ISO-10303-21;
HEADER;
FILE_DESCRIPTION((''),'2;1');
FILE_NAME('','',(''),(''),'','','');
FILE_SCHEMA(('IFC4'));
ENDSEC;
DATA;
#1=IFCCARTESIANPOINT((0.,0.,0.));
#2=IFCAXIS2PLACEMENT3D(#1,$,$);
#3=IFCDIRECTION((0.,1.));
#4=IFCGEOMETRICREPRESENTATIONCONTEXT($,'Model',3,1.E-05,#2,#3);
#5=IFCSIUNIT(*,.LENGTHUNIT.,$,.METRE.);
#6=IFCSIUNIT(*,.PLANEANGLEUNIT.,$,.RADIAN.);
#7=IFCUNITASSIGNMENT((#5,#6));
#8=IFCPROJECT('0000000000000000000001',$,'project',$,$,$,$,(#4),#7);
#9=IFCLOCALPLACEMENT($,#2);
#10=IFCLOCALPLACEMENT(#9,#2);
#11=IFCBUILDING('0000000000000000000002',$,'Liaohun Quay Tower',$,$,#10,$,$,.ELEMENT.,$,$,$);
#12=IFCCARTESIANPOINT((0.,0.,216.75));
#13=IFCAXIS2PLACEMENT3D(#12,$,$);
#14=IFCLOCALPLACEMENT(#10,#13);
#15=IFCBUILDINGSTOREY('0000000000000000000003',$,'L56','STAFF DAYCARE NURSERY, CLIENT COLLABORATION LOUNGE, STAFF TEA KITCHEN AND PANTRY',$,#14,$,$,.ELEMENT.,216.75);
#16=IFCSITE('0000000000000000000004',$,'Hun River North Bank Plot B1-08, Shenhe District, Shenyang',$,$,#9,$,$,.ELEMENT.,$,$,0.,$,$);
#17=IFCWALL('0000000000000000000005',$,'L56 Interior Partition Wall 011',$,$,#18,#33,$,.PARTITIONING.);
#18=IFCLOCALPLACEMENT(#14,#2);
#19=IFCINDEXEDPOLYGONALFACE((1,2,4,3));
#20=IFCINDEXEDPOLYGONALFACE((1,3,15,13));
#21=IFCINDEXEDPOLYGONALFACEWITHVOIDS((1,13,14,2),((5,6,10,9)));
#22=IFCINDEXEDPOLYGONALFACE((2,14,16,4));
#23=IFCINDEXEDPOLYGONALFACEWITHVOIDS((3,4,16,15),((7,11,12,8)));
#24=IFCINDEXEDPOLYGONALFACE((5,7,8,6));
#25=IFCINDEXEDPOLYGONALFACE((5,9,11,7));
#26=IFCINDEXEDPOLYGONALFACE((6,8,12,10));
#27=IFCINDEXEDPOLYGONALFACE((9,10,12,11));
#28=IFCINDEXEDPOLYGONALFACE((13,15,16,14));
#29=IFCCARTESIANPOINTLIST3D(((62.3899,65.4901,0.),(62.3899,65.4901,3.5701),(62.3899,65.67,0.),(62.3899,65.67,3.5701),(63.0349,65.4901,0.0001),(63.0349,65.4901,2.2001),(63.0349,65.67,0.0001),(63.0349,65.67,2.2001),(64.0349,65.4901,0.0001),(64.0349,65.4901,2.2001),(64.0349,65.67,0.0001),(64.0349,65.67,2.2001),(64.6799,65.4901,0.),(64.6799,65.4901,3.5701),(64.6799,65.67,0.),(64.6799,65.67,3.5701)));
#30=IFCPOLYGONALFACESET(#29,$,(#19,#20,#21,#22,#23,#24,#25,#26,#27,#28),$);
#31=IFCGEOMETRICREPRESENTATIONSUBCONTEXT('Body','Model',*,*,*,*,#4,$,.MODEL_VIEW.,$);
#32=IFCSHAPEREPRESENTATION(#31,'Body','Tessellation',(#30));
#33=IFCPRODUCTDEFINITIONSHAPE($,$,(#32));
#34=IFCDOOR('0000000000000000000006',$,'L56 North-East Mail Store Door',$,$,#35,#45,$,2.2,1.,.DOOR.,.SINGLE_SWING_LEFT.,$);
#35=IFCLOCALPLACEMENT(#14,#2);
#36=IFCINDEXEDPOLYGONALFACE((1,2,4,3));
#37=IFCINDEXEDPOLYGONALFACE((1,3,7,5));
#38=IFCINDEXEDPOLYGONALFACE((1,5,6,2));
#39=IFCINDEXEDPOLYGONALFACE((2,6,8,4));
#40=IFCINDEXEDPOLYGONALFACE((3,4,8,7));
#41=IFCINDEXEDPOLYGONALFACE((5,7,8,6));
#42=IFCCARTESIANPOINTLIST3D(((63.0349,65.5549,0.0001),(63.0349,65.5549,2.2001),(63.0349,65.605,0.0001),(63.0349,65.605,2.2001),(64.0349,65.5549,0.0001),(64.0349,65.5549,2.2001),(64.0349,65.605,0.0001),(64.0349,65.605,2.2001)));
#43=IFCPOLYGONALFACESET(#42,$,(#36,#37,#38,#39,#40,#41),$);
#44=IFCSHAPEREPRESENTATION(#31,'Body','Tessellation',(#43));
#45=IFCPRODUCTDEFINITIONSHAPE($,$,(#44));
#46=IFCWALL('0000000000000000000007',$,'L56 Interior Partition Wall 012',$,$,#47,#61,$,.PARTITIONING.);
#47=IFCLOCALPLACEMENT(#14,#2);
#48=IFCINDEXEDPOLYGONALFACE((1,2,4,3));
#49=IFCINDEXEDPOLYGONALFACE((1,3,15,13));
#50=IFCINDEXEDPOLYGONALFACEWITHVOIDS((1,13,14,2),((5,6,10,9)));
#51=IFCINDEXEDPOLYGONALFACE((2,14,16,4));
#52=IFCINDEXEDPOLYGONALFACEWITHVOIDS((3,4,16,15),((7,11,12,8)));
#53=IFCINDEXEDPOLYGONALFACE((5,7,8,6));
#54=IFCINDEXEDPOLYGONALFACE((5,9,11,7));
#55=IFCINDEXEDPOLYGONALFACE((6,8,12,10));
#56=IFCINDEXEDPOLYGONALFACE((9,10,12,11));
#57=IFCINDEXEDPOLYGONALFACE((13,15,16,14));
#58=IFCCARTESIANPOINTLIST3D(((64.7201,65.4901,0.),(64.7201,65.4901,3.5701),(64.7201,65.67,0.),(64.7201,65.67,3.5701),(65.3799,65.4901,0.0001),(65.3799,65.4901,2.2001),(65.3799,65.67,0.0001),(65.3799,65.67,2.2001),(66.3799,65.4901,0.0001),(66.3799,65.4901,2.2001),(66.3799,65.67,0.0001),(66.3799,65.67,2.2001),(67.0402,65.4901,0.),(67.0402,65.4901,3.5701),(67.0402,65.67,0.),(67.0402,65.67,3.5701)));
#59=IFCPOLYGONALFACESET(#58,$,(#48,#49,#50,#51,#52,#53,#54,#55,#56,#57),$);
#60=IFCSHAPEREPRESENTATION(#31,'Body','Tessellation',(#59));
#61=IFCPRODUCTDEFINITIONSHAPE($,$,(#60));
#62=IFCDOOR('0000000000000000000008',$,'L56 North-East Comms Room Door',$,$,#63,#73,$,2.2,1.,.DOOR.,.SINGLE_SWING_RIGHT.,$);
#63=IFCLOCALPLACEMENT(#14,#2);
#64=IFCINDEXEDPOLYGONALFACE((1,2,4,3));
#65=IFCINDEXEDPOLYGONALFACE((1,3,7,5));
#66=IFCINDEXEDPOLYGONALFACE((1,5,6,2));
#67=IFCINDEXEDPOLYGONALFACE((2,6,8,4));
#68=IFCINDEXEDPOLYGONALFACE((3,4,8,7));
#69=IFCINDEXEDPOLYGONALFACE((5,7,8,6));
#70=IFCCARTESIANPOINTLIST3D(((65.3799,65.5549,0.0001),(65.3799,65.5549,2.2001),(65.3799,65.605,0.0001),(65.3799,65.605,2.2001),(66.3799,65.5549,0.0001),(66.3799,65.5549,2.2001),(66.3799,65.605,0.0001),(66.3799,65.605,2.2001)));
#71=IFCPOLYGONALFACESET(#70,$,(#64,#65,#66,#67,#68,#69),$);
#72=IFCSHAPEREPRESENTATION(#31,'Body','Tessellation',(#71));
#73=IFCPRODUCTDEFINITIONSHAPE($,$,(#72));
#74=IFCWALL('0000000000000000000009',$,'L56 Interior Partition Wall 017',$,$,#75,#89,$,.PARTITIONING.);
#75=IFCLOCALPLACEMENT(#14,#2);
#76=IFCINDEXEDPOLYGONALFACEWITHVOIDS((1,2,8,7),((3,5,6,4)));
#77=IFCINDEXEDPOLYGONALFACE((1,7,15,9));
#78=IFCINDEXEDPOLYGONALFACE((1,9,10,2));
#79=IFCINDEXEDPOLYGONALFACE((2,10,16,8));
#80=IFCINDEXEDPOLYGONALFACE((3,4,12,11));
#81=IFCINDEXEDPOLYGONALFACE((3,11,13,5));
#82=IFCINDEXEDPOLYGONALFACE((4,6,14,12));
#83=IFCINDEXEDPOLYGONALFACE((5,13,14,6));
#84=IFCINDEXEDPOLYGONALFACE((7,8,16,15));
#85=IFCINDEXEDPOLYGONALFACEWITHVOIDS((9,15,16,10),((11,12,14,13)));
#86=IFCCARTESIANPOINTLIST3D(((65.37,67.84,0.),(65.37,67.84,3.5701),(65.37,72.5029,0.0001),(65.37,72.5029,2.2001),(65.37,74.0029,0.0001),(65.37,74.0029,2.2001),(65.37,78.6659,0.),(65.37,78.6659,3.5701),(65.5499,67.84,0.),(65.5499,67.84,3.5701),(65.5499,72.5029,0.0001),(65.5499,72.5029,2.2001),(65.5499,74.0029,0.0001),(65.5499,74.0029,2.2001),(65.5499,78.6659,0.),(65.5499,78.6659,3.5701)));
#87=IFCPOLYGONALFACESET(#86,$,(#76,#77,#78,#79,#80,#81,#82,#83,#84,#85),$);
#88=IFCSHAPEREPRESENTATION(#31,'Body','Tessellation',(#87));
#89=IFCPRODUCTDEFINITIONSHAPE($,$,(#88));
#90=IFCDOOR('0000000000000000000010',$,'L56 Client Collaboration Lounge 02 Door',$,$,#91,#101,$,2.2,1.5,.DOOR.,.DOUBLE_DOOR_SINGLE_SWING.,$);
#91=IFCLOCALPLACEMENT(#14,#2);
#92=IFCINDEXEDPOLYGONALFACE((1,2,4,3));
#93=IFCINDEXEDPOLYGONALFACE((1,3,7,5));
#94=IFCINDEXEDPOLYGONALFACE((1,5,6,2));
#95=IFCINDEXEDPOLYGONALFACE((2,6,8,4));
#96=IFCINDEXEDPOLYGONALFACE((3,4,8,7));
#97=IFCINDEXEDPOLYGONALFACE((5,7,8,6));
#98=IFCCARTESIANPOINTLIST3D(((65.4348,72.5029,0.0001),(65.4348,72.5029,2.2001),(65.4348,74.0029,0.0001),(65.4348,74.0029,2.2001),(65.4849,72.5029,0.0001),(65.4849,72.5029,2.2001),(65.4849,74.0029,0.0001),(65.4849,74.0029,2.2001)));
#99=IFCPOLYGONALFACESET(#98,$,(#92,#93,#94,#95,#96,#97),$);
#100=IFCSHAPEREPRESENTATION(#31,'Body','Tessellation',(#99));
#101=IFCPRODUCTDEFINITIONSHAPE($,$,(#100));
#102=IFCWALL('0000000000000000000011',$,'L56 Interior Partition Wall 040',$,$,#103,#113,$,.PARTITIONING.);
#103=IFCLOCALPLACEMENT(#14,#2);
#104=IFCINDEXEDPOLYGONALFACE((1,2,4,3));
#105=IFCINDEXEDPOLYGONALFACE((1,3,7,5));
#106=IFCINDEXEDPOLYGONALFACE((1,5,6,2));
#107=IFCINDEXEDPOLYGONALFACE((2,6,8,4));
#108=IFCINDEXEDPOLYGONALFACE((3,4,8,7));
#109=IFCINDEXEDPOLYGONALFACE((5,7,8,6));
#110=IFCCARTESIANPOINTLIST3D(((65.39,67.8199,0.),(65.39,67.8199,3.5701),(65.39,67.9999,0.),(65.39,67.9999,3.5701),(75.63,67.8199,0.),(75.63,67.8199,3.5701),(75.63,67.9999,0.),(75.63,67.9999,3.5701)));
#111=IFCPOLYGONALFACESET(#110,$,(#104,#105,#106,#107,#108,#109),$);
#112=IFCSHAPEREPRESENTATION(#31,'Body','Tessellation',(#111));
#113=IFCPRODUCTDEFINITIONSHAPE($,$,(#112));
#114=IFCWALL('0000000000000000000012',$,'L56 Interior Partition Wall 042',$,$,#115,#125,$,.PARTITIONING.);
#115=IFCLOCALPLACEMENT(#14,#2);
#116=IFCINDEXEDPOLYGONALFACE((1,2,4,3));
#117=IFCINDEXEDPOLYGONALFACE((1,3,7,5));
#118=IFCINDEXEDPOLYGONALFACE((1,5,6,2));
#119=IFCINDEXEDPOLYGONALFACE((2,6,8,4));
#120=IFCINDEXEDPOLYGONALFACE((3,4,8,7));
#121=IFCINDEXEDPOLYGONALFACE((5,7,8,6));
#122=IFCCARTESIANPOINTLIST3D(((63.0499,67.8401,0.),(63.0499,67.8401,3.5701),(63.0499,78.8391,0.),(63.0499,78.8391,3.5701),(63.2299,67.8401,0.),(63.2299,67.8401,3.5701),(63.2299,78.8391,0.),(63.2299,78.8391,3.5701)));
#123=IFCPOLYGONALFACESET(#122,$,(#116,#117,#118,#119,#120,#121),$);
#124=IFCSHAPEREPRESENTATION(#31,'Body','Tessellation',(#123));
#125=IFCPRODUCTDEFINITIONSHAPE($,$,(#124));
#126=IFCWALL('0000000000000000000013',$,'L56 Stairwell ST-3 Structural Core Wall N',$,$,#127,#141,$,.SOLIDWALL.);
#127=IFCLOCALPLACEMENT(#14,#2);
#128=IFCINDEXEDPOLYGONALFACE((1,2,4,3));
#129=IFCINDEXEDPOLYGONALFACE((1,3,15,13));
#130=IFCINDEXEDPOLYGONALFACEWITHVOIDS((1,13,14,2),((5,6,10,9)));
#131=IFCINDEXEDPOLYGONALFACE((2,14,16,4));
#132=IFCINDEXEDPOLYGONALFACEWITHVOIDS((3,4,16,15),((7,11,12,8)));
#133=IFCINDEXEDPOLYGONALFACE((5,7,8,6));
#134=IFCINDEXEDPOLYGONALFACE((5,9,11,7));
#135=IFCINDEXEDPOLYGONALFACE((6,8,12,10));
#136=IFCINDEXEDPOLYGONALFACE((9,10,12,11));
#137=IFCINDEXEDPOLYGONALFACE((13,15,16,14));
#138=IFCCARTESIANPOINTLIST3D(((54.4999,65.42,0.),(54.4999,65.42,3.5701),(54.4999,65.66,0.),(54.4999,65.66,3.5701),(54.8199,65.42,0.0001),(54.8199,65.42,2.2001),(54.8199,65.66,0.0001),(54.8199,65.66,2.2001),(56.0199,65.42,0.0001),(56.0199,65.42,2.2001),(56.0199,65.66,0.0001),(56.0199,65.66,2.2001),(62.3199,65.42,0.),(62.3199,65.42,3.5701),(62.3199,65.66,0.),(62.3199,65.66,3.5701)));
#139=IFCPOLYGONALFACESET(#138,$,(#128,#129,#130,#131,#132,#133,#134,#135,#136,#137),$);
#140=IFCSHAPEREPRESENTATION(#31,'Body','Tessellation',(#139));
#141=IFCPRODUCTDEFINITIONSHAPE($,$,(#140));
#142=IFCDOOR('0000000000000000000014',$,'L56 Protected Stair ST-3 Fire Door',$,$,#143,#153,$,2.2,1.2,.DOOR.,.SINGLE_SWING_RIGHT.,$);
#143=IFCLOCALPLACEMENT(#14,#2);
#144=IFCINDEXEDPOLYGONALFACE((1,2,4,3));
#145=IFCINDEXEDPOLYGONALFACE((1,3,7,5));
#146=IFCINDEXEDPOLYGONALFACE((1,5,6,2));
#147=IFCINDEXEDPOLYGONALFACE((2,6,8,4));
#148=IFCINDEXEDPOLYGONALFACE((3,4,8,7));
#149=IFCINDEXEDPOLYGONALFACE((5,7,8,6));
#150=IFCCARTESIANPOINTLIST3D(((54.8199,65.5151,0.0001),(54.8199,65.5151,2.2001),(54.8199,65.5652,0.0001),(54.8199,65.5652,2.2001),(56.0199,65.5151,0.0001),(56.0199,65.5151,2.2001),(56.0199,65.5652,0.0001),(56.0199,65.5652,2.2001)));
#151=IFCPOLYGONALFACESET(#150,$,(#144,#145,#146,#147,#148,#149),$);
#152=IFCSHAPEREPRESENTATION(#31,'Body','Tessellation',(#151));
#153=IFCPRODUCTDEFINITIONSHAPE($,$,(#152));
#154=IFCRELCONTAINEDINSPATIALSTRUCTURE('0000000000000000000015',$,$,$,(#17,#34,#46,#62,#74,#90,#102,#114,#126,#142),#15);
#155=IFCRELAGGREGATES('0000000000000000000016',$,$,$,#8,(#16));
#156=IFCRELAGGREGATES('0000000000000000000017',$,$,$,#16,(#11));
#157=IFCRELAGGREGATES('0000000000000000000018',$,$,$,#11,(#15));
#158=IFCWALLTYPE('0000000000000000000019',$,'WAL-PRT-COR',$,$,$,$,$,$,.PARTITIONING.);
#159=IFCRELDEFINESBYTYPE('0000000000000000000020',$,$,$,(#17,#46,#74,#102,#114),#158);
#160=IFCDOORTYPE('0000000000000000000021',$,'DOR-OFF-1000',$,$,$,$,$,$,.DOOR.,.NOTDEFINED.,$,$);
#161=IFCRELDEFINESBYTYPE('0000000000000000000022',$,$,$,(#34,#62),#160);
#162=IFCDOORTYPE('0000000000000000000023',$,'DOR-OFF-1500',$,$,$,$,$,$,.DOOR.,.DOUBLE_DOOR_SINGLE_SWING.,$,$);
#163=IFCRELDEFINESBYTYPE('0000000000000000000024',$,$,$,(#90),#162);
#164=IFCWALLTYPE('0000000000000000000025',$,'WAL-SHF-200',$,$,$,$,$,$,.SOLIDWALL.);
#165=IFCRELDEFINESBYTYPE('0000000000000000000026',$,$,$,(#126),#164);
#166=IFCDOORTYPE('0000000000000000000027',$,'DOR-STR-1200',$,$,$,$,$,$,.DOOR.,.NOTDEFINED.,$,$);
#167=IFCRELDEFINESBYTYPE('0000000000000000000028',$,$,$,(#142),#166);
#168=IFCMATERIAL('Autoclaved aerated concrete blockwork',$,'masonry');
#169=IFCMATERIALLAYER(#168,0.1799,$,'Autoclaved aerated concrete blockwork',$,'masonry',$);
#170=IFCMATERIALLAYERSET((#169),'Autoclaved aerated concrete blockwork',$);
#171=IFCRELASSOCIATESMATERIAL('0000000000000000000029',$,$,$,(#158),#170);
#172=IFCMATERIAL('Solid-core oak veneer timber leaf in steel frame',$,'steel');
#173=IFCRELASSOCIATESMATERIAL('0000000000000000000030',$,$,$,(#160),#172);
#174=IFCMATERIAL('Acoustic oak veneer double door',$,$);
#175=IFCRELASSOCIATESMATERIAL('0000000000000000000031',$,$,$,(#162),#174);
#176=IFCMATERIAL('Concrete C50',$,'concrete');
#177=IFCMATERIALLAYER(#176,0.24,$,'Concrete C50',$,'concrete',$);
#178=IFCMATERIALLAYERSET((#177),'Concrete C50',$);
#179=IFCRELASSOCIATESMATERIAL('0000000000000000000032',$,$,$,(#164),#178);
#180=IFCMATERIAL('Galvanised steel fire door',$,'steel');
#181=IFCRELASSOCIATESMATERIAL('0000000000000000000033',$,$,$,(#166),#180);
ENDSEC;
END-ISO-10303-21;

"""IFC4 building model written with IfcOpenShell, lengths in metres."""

from ifc_helpers import new_model, si_unit, direction, frame, frame_2d, origin, place, context, subcontext, project, spatial, rectangle, extrude, source, transform, mapped, material, layer, layer_set, type_object, element, fill, save


model = new_model("IFC4")

# Units and contexts
model_context = context("Model", 3, precision=1e-05, world=origin(), true_north=direction((0.0, 1.0)))
body_context = subcontext(model_context, "Body", "Model", "MODEL_VIEW")
ifc_project = project(units=[si_unit("LENGTHUNIT", "METRE"), si_unit("PLANEANGLEUNIT", "RADIAN")], contexts=[model_context])

# Site, building, storey
site_placement = place(None, origin())
site = spatial("IfcSite", under=ifc_project, at=site_placement, Name="Hun River North Bank Plot B1-08, Shenhe District, Shenyang", CompositionType="ELEMENT", RefElevation=0.0)
building_placement = place(site_placement, origin())
building = spatial("IfcBuilding", under=site, at=building_placement, Name="Liaohun Quay Tower", CompositionType="ELEMENT")
storey_placement = place(building_placement, frame((0.0, 0.0, 216.75)))
storey = spatial("IfcBuildingStorey", under=building, at=storey_placement, Name="L56", Description="STAFF DAYCARE NURSERY, CLIENT COLLABORATION LOUNGE, STAFF TEA KITCHEN AND PANTRY", CompositionType="ELEMENT", Elevation=216.75)

# Walls, openings, doors
ifc_material_1 = material(Name="Autoclaved aerated concrete blockwork", Category="masonry")
ifc_layer_1 = layer(ifc_material_1, 0.1799, Name="Autoclaved aerated concrete blockwork", Category="masonry")
ifc_layer_set_1 = layer_set([ifc_layer_1], Name="Autoclaved aerated concrete blockwork")
wall_type_1 = type_object("IfcWallType", Name="WAL-PRT-COR", PredefinedType="PARTITIONING", material=ifc_layer_set_1)
wall_1_placement = place(storey_placement, frame((62.3899, 65.5801, 0.0), z_axis=(0.0, 0.0, 1.0), x_axis=(1.0, 0.0, 0.0)))
wall_1 = element("IfcWall", 1, at=wall_1_placement, inside=storey, type_object=wall_type_1, Name="L56 Interior Partition Wall 011", PredefinedType="PARTITIONING", context=body_context, shape_type="SweptSolid", body=[
    extrude(rectangle(XDim=2.29, YDim=0.1799, at=frame_2d((1.145, 0.0))), origin(), (0.0, 0.0, 1.0), 3.5701),
])
shared_shape_1 = source(origin(), body_context, "Body", "SweptSolid", [
    extrude(rectangle(XDim=1.0, YDim=2.2, at=frame_2d((0.5, 1.1001))), frame((0.0, 0.0999, 0.0), z_axis=(0.0, -1.0, 0.0), x_axis=(1.0, 0.0, 0.0)), (0.0, 0.0, 1.0), 0.2),
])
opening_1_placement = place(wall_1_placement, frame((0.645, 0.0, 0.0)))
opening_1 = element("IfcOpeningElement", 2, at=opening_1_placement, cuts=wall_1, PredefinedType="OPENING", context=body_context, shape_type="MappedRepresentation", body=[
    mapped(shared_shape_1, transform((0.0, 0.0, 0.0), x_axis=(1.0, 0.0, 0.0), y_axis=(0.0, 1.0, 0.0), z_axis=(0.0, 0.0, 1.0), scale=1.0)),
])
ifc_material_2 = material(Name="Solid-core oak veneer timber leaf in steel frame", Category="steel")
door_type_1 = type_object("IfcDoorType", Name="DOR-OFF-1000", OperationType="NOTDEFINED", PredefinedType="DOOR", material=ifc_material_2)
shared_shape_2 = source(origin(), body_context, "Body", "SweptSolid", [
    extrude(rectangle(XDim=1.0, YDim=2.2, at=frame_2d((0.5, 1.1001))), frame((0.0, 0.0249, 0.0), z_axis=(0.0, -1.0, 0.0), x_axis=(1.0, 0.0, 0.0)), (0.0, 0.0, 1.0), 0.05),
])
door_1_placement = place(opening_1_placement, origin())
door_1 = element("IfcDoor", 3, at=door_1_placement, inside=storey, type_object=door_type_1, Name="L56 North-East Mail Store Door", OperationType="SINGLE_SWING_LEFT", OverallHeight=2.2, OverallWidth=1.0, PredefinedType="DOOR", context=body_context, shape_type="MappedRepresentation", body=[
    mapped(shared_shape_2, transform((0.0, 0.0, 0.0), x_axis=(1.0, 0.0, 0.0), y_axis=(0.0, 1.0, 0.0), z_axis=(0.0, 0.0, 1.0), scale=1.0)),
])
fill(opening_1, door_1)
wall_2_placement = place(storey_placement, frame((64.72, 65.5801, 0.0), z_axis=(0.0, 0.0, 1.0), x_axis=(1.0, 0.0, 0.0)))
wall_2 = element("IfcWall", 4, at=wall_2_placement, inside=storey, type_object=wall_type_1, Name="L56 Interior Partition Wall 012", PredefinedType="PARTITIONING", context=body_context, shape_type="SweptSolid", body=[
    extrude(rectangle(XDim=2.3201, YDim=0.1799, at=frame_2d((1.1602, 0.0))), origin(), (0.0, 0.0, 1.0), 3.5701),
])
opening_2_placement = place(wall_2_placement, frame((0.6599, 0.0, 0.0)))
opening_2 = element("IfcOpeningElement", 5, at=opening_2_placement, cuts=wall_2, PredefinedType="OPENING", context=body_context, shape_type="MappedRepresentation", body=[
    mapped(shared_shape_1, transform((0.0, 0.0, 0.0), x_axis=(1.0, 0.0, 0.0), y_axis=(0.0, 1.0, 0.0), z_axis=(0.0, 0.0, 1.0), scale=1.0)),
])
door_2_placement = place(opening_2_placement, origin())
door_2 = element("IfcDoor", 6, at=door_2_placement, inside=storey, type_object=door_type_1, Name="L56 North-East Comms Room Door", OperationType="SINGLE_SWING_RIGHT", OverallHeight=2.2, OverallWidth=1.0, PredefinedType="DOOR", context=body_context, shape_type="MappedRepresentation", body=[
    mapped(shared_shape_2, transform((0.0, 0.0, 0.0), x_axis=(1.0, 0.0, 0.0), y_axis=(0.0, 1.0, 0.0), z_axis=(0.0, 0.0, 1.0), scale=1.0)),
])
fill(opening_2, door_2)
wall_3_placement = place(storey_placement, frame((65.46, 78.666, 0.0), z_axis=(0.0, 0.0, 1.0), x_axis=(0.0, -1.0, 0.0)))
wall_3 = element("IfcWall", 7, at=wall_3_placement, inside=storey, type_object=wall_type_1, Name="L56 Interior Partition Wall 017", PredefinedType="PARTITIONING", context=body_context, shape_type="SweptSolid", body=[
    extrude(rectangle(XDim=10.8259, YDim=0.1799, at=frame_2d((5.4131, 0.0))), origin(), (0.0, 0.0, 1.0), 3.5701),
])
shared_shape_3 = source(origin(), body_context, "Body", "SweptSolid", [
    extrude(rectangle(XDim=1.5, YDim=2.2, at=frame_2d((0.75, 1.1001))), frame((0.0, 0.0999, 0.0), z_axis=(0.0, -1.0, 0.0), x_axis=(1.0, 0.0, 0.0)), (0.0, 0.0, 1.0), 0.2),
])
opening_3_placement = place(wall_3_placement, frame((4.6631, 0.0, 0.0)))
opening_3 = element("IfcOpeningElement", 8, at=opening_3_placement, cuts=wall_3, PredefinedType="OPENING", context=body_context, shape_type="MappedRepresentation", body=[
    mapped(shared_shape_3, transform((0.0, 0.0, 0.0), x_axis=(1.0, 0.0, 0.0), y_axis=(0.0, 1.0, 0.0), z_axis=(0.0, 0.0, 1.0), scale=1.0)),
])
ifc_material_3 = material(Name="Acoustic oak veneer double door")
door_type_2 = type_object("IfcDoorType", Name="DOR-OFF-1500", OperationType="DOUBLE_DOOR_SINGLE_SWING", PredefinedType="DOOR", material=ifc_material_3)
shared_shape_4 = source(origin(), body_context, "Body", "SweptSolid", [
    extrude(rectangle(XDim=1.5, YDim=2.2, at=frame_2d((0.75, 1.1001))), frame((0.0, 0.0249, 0.0), z_axis=(0.0, -1.0, 0.0), x_axis=(1.0, 0.0, 0.0)), (0.0, 0.0, 1.0), 0.05),
])
door_3_placement = place(opening_3_placement, origin())
door_3 = element("IfcDoor", 9, at=door_3_placement, inside=storey, type_object=door_type_2, Name="L56 Client Collaboration Lounge 02 Door", OperationType="DOUBLE_DOOR_SINGLE_SWING", OverallHeight=2.2, OverallWidth=1.5, PredefinedType="DOOR", context=body_context, shape_type="MappedRepresentation", body=[
    mapped(shared_shape_4, transform((0.0, 0.0, 0.0), x_axis=(1.0, 0.0, 0.0), y_axis=(0.0, 1.0, 0.0), z_axis=(0.0, 0.0, 1.0), scale=1.0)),
])
fill(opening_3, door_3)

# Walls
wall_4_placement = place(storey_placement, frame((65.3899, 67.9099, 0.0), z_axis=(0.0, 0.0, 1.0), x_axis=(1.0, 0.0, 0.0)))
element("IfcWall", 10, at=wall_4_placement, inside=storey, type_object=wall_type_1, Name="L56 Interior Partition Wall 040", PredefinedType="PARTITIONING", context=body_context, shape_type="SweptSolid", body=[
    extrude(rectangle(XDim=10.24, YDim=0.1799, at=frame_2d((5.1201, 0.0))), origin(), (0.0, 0.0, 1.0), 3.5701),
])
wall_5_placement = place(storey_placement, frame((63.1399, 67.8401, 0.0), z_axis=(0.0, 0.0, 1.0), x_axis=(0.0, 1.0, 0.0)))
element("IfcWall", 11, at=wall_5_placement, inside=storey, type_object=wall_type_1, Name="L56 Interior Partition Wall 042", PredefinedType="PARTITIONING", context=body_context, shape_type="SweptSolid", body=[
    extrude(rectangle(XDim=10.999, YDim=0.1799, at=frame_2d((5.4995, 0.0))), origin(), (0.0, 0.0, 1.0), 3.5701),
])

# Wall, opening, door
ifc_material_4 = material(Name="Concrete C50", Category="concrete")
ifc_layer_2 = layer(ifc_material_4, 0.24, Name="Concrete C50", Category="concrete")
ifc_layer_set_2 = layer_set([ifc_layer_2], Name="Concrete C50")
wall_type_2 = type_object("IfcWallType", Name="WAL-SHF-200", PredefinedType="SOLIDWALL", material=ifc_layer_set_2)
wall_6_placement = place(storey_placement, frame((62.3201, 65.54, 0.0), z_axis=(0.0, 0.0, 1.0), x_axis=(-1.0, 0.0, 0.0)))
wall_6 = element("IfcWall", 12, at=wall_6_placement, inside=storey, type_object=wall_type_2, Name="L56 Stairwell ST-3 Structural Core Wall N", PredefinedType="SOLIDWALL", context=body_context, shape_type="SweptSolid", body=[
    extrude(rectangle(XDim=7.8201, YDim=0.24, at=frame_2d((3.9102, 0.0))), origin(), (0.0, 0.0, 1.0), 3.5701),
])
shared_shape_5 = source(origin(), body_context, "Body", "SweptSolid", [
    extrude(rectangle(XDim=1.2, YDim=2.2, at=frame_2d((0.6001, 1.1001))), frame((0.0, 0.1299, 0.0), z_axis=(0.0, -1.0, 0.0), x_axis=(1.0, 0.0, 0.0)), (0.0, 0.0, 1.0), 0.26),
])
opening_4_placement = place(wall_6_placement, frame((6.3, 0.0, 0.0)))
opening_4 = element("IfcOpeningElement", 13, at=opening_4_placement, cuts=wall_6, PredefinedType="OPENING", context=body_context, shape_type="MappedRepresentation", body=[
    mapped(shared_shape_5, transform((0.0, 0.0, 0.0), x_axis=(1.0, 0.0, 0.0), y_axis=(0.0, 1.0, 0.0), z_axis=(0.0, 0.0, 1.0), scale=1.0)),
])
ifc_material_5 = material(Name="Galvanised steel fire door", Category="steel")
door_type_3 = type_object("IfcDoorType", Name="DOR-STR-1200", OperationType="NOTDEFINED", PredefinedType="DOOR", material=ifc_material_5)
shared_shape_6 = source(origin(), body_context, "Body", "SweptSolid", [
    extrude(rectangle(XDim=1.2, YDim=2.2, at=frame_2d((0.6001, 1.1001))), frame((0.0, 0.0249, 0.0), z_axis=(0.0, -1.0, 0.0), x_axis=(1.0, 0.0, 0.0)), (0.0, 0.0, 1.0), 0.05),
])
door_4_placement = place(opening_4_placement, origin())
door_4 = element("IfcDoor", 14, at=door_4_placement, inside=storey, type_object=door_type_3, Name="L56 Protected Stair ST-3 Fire Door", OperationType="SINGLE_SWING_RIGHT", OverallHeight=2.2, OverallWidth=1.2, PredefinedType="DOOR", context=body_context, shape_type="MappedRepresentation", body=[
    mapped(shared_shape_6, transform((0.0, 0.0, 0.0), x_axis=(1.0, 0.0, 0.0), y_axis=(0.0, 1.0, 0.0), z_axis=(0.0, 0.0, 1.0), scale=1.0)),
])
fill(opening_4, door_4)

save(model, "model.ifc")
